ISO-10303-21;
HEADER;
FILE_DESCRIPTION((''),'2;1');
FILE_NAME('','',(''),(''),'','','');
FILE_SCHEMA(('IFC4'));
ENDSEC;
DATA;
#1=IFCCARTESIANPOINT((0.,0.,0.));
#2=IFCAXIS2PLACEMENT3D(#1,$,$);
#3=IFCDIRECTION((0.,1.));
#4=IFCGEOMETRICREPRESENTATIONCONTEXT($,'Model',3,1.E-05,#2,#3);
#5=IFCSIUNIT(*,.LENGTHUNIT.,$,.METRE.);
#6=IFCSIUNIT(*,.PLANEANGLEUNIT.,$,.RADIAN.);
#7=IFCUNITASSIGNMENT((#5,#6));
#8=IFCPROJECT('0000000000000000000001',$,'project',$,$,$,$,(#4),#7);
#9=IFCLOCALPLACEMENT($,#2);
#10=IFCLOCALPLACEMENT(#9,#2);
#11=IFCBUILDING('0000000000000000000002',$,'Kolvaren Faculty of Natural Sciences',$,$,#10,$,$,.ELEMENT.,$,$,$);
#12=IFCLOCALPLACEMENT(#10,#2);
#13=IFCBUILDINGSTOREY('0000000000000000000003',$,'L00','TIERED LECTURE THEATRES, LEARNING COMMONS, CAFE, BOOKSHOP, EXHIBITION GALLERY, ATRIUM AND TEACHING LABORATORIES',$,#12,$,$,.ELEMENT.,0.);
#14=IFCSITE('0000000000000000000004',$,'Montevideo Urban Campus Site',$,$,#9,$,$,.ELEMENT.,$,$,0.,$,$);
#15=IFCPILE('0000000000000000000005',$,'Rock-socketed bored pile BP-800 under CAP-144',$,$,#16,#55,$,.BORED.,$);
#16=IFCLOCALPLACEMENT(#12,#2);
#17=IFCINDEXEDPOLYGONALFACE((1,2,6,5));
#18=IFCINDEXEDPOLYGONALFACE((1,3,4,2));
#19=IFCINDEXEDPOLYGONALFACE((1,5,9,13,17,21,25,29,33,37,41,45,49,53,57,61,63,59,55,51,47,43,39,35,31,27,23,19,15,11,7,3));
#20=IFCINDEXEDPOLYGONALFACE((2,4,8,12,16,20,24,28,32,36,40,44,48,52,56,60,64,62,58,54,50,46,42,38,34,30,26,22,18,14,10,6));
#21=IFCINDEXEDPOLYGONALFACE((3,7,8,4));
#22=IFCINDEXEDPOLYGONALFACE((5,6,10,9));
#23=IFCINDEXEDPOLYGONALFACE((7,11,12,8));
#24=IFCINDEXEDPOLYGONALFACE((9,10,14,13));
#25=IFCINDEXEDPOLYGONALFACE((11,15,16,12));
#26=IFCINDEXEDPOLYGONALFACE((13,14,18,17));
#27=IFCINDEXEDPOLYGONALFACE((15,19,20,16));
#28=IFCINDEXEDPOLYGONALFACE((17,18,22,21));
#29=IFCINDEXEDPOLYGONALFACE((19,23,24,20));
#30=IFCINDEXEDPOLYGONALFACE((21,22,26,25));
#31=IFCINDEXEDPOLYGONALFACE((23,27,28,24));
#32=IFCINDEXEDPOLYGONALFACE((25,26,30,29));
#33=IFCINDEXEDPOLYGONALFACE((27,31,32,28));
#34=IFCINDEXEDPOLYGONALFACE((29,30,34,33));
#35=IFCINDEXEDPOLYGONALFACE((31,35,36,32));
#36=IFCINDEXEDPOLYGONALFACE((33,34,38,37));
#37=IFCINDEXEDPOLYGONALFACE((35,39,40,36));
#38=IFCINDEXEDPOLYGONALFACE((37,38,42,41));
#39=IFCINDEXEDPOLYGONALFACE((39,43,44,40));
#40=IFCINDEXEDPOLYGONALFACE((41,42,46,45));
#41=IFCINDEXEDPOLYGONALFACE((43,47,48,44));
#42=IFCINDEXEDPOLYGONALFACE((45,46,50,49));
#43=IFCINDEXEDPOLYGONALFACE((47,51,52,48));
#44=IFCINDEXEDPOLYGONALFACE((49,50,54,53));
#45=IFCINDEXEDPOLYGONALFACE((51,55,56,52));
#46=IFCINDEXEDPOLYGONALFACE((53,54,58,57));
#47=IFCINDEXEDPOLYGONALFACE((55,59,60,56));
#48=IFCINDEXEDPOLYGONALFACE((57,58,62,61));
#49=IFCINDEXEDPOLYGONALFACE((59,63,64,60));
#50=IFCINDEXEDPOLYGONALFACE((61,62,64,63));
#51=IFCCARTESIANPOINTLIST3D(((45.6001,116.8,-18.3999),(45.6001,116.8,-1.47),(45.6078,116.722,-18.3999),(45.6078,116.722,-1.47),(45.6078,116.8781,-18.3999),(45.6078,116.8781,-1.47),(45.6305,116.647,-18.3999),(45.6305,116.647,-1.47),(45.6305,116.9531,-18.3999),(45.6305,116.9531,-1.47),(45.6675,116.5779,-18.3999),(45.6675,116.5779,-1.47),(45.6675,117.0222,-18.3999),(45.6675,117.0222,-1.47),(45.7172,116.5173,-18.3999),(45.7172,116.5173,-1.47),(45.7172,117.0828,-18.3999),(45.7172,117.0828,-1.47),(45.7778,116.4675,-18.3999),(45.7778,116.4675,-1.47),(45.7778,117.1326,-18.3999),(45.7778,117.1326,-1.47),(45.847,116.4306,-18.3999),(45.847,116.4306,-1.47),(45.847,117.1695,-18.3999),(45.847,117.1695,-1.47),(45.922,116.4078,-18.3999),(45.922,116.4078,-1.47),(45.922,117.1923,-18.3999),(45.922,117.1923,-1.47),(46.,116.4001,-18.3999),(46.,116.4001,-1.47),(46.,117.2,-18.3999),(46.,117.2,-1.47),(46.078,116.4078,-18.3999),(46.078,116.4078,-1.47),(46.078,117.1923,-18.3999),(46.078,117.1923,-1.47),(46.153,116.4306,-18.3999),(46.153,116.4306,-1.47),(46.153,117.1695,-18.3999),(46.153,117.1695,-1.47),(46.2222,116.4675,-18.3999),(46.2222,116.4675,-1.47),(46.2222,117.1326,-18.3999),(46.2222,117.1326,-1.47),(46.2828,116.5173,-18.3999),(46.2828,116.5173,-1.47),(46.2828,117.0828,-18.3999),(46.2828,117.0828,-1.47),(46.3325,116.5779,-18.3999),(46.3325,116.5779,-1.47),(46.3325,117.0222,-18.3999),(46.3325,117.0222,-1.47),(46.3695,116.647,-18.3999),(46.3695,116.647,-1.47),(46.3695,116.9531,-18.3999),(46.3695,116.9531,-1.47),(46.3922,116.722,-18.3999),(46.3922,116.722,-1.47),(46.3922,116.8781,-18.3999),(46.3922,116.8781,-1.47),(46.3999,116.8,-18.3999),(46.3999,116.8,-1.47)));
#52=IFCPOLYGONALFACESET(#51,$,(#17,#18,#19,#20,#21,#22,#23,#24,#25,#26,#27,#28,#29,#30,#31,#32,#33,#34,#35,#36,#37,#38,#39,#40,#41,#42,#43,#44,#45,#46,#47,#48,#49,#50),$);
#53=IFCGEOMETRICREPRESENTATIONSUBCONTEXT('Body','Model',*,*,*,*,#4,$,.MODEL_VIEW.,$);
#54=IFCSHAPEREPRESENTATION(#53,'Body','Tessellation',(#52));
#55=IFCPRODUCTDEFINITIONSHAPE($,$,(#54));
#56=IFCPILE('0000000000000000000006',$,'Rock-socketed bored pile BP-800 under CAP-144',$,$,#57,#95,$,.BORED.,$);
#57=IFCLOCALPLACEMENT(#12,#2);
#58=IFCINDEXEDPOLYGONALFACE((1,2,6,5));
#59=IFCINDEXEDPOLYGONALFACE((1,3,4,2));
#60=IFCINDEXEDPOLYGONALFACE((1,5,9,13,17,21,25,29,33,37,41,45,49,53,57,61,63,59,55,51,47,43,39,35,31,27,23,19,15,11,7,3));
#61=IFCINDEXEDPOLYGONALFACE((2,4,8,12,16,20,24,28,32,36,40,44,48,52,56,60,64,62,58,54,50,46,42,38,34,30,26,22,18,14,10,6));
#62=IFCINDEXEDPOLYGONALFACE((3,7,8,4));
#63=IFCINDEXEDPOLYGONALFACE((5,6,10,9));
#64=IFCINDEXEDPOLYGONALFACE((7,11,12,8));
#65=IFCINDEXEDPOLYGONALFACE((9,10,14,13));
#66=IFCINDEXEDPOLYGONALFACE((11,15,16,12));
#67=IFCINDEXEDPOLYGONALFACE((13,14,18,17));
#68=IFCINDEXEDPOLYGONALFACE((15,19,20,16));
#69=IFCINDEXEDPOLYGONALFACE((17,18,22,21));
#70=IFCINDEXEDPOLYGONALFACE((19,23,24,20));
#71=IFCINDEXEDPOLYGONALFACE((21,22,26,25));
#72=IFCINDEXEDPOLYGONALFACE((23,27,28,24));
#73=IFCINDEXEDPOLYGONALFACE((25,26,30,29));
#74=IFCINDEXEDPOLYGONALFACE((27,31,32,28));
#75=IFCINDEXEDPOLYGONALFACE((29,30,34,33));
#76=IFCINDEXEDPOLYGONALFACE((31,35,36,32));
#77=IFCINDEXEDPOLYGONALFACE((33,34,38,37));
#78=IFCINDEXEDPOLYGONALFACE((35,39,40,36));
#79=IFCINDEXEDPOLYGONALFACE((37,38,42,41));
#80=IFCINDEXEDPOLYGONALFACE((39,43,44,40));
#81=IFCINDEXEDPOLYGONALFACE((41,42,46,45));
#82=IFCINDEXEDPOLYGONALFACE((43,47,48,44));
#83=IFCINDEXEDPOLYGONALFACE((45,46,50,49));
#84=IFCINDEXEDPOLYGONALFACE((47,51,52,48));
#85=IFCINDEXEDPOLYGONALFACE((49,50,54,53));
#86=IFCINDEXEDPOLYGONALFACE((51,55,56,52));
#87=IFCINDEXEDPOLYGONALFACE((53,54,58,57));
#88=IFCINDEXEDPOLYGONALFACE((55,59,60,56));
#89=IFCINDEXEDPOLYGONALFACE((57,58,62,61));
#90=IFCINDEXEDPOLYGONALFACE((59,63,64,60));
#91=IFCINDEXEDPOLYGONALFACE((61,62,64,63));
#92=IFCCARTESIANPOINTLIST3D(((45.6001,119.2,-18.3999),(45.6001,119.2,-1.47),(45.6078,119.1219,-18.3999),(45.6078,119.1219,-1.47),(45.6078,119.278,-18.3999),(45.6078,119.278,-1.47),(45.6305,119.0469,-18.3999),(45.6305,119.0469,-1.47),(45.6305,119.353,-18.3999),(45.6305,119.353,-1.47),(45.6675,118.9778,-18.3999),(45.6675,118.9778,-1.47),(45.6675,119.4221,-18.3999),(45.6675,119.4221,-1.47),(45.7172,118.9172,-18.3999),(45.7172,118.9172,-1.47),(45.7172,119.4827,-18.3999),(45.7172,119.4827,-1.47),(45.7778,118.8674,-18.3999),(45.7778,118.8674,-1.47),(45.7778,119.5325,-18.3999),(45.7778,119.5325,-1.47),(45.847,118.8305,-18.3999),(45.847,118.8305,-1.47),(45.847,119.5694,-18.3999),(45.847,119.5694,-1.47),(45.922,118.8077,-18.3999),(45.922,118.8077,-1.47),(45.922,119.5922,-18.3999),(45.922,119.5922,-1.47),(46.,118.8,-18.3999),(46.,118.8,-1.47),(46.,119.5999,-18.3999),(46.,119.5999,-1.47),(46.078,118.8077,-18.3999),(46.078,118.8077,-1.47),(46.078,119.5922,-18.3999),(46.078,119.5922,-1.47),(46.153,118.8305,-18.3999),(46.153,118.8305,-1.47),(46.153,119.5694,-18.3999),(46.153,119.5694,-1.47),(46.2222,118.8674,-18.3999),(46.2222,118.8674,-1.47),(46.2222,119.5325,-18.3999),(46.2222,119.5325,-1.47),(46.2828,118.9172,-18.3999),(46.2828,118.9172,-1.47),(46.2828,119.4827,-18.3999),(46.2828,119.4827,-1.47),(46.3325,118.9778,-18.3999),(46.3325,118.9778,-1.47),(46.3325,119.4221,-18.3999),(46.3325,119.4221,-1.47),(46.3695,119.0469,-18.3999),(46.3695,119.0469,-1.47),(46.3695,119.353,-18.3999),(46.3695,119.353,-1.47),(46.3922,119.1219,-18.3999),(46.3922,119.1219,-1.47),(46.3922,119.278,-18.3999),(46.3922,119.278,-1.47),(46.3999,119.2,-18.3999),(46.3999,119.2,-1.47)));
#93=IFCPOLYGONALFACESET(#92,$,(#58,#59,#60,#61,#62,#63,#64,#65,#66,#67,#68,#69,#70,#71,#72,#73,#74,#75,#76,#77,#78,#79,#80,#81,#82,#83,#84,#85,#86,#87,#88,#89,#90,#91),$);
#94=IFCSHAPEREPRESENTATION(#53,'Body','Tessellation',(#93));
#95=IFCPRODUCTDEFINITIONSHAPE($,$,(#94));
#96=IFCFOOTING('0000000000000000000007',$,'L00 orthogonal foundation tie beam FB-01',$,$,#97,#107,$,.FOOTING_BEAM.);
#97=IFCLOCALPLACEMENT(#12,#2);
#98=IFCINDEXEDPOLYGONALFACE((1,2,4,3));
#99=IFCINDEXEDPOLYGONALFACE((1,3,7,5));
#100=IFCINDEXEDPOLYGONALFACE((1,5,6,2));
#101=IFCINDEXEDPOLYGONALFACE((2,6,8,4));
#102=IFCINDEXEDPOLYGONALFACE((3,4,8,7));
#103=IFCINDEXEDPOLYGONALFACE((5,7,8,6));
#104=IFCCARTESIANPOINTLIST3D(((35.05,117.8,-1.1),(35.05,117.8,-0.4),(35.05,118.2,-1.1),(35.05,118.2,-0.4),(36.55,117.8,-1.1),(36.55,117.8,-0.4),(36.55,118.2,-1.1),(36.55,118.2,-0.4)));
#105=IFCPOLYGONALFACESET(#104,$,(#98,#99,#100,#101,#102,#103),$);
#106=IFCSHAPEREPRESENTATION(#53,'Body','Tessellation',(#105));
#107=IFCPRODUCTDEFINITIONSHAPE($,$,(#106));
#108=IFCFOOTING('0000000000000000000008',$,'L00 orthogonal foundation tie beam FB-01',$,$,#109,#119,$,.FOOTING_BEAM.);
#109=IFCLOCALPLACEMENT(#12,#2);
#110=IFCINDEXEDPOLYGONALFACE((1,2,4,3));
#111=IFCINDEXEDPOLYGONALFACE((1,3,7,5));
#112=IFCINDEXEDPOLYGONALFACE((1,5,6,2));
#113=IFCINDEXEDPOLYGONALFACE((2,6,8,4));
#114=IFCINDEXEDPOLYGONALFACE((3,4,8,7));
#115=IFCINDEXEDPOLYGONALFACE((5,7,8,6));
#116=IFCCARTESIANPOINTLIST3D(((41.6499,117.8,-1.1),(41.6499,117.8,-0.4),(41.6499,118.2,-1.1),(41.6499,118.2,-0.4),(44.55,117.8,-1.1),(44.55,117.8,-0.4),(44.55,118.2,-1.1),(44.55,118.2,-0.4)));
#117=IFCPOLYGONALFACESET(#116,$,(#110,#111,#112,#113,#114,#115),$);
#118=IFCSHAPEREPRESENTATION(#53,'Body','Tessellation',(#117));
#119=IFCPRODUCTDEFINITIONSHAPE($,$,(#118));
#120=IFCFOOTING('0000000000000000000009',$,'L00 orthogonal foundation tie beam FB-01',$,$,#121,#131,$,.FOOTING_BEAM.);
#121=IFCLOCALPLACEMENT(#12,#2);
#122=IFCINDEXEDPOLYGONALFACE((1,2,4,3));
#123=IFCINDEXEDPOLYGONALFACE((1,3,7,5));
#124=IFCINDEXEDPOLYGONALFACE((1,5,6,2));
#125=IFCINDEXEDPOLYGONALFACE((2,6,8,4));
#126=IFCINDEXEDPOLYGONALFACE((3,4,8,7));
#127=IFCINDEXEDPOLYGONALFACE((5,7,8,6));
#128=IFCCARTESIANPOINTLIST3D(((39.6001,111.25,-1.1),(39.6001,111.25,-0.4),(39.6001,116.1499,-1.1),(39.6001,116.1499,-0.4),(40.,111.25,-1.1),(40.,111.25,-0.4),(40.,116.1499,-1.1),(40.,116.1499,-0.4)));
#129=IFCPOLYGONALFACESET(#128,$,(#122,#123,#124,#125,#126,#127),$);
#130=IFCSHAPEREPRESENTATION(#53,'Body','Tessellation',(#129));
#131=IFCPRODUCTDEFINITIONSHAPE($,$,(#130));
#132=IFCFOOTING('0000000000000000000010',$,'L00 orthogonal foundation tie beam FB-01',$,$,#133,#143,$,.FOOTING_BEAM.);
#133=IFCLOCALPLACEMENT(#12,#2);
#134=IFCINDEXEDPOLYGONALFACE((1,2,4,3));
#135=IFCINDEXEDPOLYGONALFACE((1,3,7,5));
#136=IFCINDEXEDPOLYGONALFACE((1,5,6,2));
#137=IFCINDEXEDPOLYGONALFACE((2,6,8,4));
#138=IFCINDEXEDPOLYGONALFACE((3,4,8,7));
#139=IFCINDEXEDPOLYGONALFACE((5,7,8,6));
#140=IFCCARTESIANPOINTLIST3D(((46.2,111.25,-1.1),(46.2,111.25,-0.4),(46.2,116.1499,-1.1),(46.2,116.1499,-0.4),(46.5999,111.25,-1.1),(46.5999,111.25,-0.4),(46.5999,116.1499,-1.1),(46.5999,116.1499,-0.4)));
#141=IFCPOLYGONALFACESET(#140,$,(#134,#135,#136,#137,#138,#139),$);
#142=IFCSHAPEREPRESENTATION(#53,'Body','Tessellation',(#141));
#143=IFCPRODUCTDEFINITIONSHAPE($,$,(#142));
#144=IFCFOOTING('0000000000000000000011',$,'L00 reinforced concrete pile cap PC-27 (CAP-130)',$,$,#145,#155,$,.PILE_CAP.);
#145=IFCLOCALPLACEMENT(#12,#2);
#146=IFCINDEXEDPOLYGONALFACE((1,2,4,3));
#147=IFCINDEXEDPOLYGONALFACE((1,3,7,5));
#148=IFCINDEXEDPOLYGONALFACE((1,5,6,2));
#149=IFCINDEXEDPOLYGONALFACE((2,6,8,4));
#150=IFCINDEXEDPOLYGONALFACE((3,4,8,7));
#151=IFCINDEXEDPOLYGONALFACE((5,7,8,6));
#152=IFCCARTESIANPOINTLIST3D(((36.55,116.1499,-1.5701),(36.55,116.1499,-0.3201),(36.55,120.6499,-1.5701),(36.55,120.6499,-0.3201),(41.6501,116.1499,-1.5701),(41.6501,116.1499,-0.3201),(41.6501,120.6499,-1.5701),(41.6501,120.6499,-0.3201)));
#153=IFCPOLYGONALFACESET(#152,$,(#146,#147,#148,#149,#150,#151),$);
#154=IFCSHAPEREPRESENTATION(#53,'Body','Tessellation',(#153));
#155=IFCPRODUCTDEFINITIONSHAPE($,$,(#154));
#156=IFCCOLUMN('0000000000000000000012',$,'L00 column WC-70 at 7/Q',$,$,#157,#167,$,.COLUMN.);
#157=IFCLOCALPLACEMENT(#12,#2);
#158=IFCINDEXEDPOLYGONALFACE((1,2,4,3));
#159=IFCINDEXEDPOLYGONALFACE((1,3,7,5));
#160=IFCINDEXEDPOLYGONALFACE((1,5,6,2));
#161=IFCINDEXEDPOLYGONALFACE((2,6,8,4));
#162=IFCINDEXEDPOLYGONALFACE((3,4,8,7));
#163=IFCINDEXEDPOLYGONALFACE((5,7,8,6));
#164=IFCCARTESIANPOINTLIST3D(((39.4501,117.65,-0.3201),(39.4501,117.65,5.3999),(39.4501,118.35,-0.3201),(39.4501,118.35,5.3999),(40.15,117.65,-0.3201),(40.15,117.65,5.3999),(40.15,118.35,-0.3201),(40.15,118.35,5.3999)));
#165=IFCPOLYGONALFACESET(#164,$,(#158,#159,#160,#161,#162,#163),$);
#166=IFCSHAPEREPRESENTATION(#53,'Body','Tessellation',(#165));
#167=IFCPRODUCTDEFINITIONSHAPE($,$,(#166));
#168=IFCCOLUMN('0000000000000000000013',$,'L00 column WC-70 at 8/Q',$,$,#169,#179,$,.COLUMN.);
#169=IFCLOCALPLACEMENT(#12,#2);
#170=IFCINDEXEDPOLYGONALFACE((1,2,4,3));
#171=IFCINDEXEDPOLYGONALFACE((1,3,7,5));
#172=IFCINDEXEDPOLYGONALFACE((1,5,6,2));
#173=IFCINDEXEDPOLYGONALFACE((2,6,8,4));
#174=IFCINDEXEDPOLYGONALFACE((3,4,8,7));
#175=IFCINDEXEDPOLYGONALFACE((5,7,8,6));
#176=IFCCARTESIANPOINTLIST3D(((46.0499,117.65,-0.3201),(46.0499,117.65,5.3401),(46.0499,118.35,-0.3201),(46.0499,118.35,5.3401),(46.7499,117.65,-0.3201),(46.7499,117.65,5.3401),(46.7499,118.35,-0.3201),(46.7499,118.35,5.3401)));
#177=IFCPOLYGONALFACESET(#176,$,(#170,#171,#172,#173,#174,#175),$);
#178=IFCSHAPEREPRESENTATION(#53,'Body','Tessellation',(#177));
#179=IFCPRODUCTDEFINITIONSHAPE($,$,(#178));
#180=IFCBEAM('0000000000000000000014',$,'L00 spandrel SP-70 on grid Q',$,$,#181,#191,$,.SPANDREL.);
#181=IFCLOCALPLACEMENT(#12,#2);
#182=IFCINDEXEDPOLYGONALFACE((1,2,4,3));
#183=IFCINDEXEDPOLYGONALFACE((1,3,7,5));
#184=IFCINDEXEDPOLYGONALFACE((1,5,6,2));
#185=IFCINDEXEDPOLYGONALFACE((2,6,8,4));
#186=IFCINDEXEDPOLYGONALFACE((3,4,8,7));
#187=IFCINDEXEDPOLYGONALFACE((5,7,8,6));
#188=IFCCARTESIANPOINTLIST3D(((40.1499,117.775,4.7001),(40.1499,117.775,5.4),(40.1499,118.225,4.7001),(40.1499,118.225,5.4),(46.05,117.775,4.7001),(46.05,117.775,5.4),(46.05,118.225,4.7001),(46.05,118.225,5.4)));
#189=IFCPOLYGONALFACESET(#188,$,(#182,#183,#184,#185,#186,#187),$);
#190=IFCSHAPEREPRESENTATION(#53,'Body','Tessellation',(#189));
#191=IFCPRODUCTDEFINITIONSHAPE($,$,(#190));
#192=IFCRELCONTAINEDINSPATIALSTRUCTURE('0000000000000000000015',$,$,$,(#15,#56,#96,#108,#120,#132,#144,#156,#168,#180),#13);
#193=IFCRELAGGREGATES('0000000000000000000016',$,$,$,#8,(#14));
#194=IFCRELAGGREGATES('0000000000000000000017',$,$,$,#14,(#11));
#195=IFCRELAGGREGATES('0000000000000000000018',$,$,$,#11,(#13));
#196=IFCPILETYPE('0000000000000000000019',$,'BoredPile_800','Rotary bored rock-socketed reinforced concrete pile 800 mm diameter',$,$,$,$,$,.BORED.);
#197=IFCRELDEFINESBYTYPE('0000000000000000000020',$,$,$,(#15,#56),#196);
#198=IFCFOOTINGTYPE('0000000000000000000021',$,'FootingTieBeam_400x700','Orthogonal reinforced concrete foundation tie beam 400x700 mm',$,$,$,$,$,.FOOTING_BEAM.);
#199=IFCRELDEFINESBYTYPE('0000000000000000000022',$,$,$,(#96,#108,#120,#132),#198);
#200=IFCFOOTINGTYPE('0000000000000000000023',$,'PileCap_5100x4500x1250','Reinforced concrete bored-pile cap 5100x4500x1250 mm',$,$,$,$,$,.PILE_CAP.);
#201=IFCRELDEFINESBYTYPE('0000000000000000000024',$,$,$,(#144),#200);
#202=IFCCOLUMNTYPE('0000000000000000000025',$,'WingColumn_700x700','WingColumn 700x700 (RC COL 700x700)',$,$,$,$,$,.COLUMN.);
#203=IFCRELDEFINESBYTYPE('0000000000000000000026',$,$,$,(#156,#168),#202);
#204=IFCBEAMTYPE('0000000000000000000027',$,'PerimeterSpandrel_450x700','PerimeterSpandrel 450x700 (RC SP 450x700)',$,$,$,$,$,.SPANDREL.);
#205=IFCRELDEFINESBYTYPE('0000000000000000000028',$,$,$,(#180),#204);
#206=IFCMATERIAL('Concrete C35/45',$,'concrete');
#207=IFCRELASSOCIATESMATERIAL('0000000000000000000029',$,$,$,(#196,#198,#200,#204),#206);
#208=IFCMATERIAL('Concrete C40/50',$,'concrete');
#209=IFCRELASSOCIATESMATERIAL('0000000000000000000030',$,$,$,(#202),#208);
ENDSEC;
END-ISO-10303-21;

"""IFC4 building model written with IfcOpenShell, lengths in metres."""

from ifc_helpers import new_model, si_unit, direction, frame, origin, origin_2d, place, context, subcontext, project, spatial, rectangle, circle, extrude, material, material_profile, profile_set, type_object, element, save


model = new_model("IFC4")

# Units and contexts
model_context = context("Model", 3, precision=1e-05, world=origin(), true_north=direction((0.0, 1.0)))
body_context = subcontext(model_context, "Body", "Model", "MODEL_VIEW")
ifc_project = project(units=[si_unit("LENGTHUNIT", "METRE"), si_unit("PLANEANGLEUNIT", "RADIAN")], contexts=[model_context])

# Site, building, storey
site_placement = place(None, origin())
site = spatial("IfcSite", under=ifc_project, at=site_placement, Name="Montevideo Urban Campus Site", CompositionType="ELEMENT", RefElevation=0.0)
building_placement = place(site_placement, origin())
building = spatial("IfcBuilding", under=site, at=building_placement, Name="Kolvaren Faculty of Natural Sciences", CompositionType="ELEMENT")
storey_placement = place(building_placement, origin())
storey = spatial("IfcBuildingStorey", under=building, at=storey_placement, Name="L00", Description="TIERED LECTURE THEATRES, LEARNING COMMONS, CAFE, BOOKSHOP, EXHIBITION GALLERY, ATRIUM AND TEACHING LABORATORIES", CompositionType="ELEMENT", Elevation=0.0)

# Piles
ifc_material_1 = material(Name="Concrete C35/45", Category="concrete")
ifc_material_profile_1 = material_profile(ifc_material_1, circle(Radius=0.3999, at=origin_2d()), Name="PILE D800")
ifc_profile_set_1 = profile_set([ifc_material_profile_1], Name="Concrete C35/45")
pile_type = type_object("IfcPileType", Name="BoredPile_800", Description="Rotary bored rock-socketed reinforced concrete pile 800 mm diameter", PredefinedType="BORED", material=ifc_profile_set_1)
for number, where, z_axis, x_axis, name in (
    (1, (46.0, 116.8, -1.47), (0.0, 0.0, -1.0), (1.0, 0.0, 0.0), "Rock-socketed bored pile BP-800 under CAP-144"),
    (2, (46.0, 119.2, -1.47), (0.0, 0.0, -1.0), (1.0, 0.0, 0.0), "Rock-socketed bored pile BP-800 under CAP-144"),
):
    element("IfcPile", number, at=place(storey_placement, frame(where, z_axis=z_axis, x_axis=x_axis)), inside=storey, type_object=pile_type, Name=name, PredefinedType="BORED", context=body_context, shape_type="SweptSolid", body=[
        extrude(circle(Radius=0.3999, at=origin_2d()), origin(), (0.0, 0.0, 1.0), 16.9299),
    ])

# Footings
ifc_material_profile_2 = material_profile(ifc_material_1, rectangle(XDim=0.3999, YDim=0.7, at=origin_2d()), Name="RC FB 400x700")
ifc_profile_set_2 = profile_set([ifc_material_profile_2], Name="Concrete C35/45")
footing_type_1 = type_object("IfcFootingType", Name="FootingTieBeam_400x700", Description="Orthogonal reinforced concrete foundation tie beam 400x700 mm", PredefinedType="FOOTING_BEAM", material=ifc_profile_set_2)
footing_1_placement = place(storey_placement, frame((35.05, 118.0, -0.75), z_axis=(1.0, 0.0, 0.0), x_axis=(0.0, 1.0, 0.0)))
element("IfcFooting", 3, at=footing_1_placement, inside=storey, type_object=footing_type_1, Name="L00 orthogonal foundation tie beam FB-01", PredefinedType="FOOTING_BEAM", context=body_context, shape_type="SweptSolid", body=[
    extrude(rectangle(XDim=0.3999, YDim=0.7, at=origin_2d()), origin(), (0.0, 0.0, 1.0), 1.5),
])
footing_2_placement = place(storey_placement, frame((41.6499, 118.0, -0.75), z_axis=(1.0, 0.0, 0.0), x_axis=(0.0, 1.0, 0.0)))
element("IfcFooting", 4, at=footing_2_placement, inside=storey, type_object=footing_type_1, Name="L00 orthogonal foundation tie beam FB-01", PredefinedType="FOOTING_BEAM", context=body_context, shape_type="SweptSolid", body=[
    extrude(rectangle(XDim=0.3999, YDim=0.7, at=origin_2d()), origin(), (0.0, 0.0, 1.0), 2.9001),
])
for number, where, z_axis, x_axis, name in (
    (5, (39.8, 111.25, -0.75), (0.0, 1.0, 0.0), (-1.0, 0.0, 0.0), "L00 orthogonal foundation tie beam FB-01"),
    (6, (46.3999, 111.25, -0.75), (0.0, 1.0, 0.0), (-1.0, 0.0, 0.0), "L00 orthogonal foundation tie beam FB-01"),
):
    element("IfcFooting", number, at=place(storey_placement, frame(where, z_axis=z_axis, x_axis=x_axis)), inside=storey, type_object=footing_type_1, Name=name, PredefinedType="FOOTING_BEAM", context=body_context, shape_type="SweptSolid", body=[
        extrude(rectangle(XDim=0.3999, YDim=0.7, at=origin_2d()), origin(), (0.0, 0.0, 1.0), 4.8999),
    ])
footing_type_2 = type_object("IfcFootingType", Name="PileCap_5100x4500x1250", Description="Reinforced concrete bored-pile cap 5100x4500x1250 mm", PredefinedType="PILE_CAP", material=ifc_material_1)
footing_3_placement = place(storey_placement, frame((39.1001, 118.3999, -1.5701), z_axis=(0.0, 0.0, 1.0), x_axis=(1.0, 0.0, 0.0)))
element("IfcFooting", 7, at=footing_3_placement, inside=storey, type_object=footing_type_2, Name="L00 reinforced concrete pile cap PC-27 (CAP-130)", PredefinedType="PILE_CAP", context=body_context, shape_type="SweptSolid", body=[
    extrude(rectangle(XDim=5.1001, YDim=4.5, at=origin_2d()), origin(), (0.0, 0.0, 1.0), 1.25),
])

# Columns
ifc_material_2 = material(Name="Concrete C40/50", Category="concrete")
ifc_material_profile_3 = material_profile(ifc_material_2, rectangle(XDim=0.7, YDim=0.7, at=origin_2d()), Name="RC COL 700x700")
ifc_profile_set_3 = profile_set([ifc_material_profile_3], Name="Concrete C40/50")
column_type = type_object("IfcColumnType", Name="WingColumn_700x700", Description="WingColumn 700x700 (RC COL 700x700)", PredefinedType="COLUMN", material=ifc_profile_set_3)
column_1_placement = place(storey_placement, frame((39.8, 118.0, -0.3201), z_axis=(0.0, 0.0, 1.0), x_axis=(1.0, 0.0, 0.0)))
element("IfcColumn", 8, at=column_1_placement, inside=storey, type_object=column_type, Name="L00 column WC-70 at 7/Q", PredefinedType="COLUMN", context=body_context, shape_type="SweptSolid", body=[
    extrude(rectangle(XDim=0.7, YDim=0.7, at=origin_2d()), origin(), (0.0, 0.0, 1.0), 5.72),
])
column_2_placement = place(storey_placement, frame((46.3999, 118.0, -0.3201), z_axis=(0.0, 0.0, 1.0), x_axis=(1.0, 0.0, 0.0)))
element("IfcColumn", 9, at=column_2_placement, inside=storey, type_object=column_type, Name="L00 column WC-70 at 8/Q", PredefinedType="COLUMN", context=body_context, shape_type="SweptSolid", body=[
    extrude(rectangle(XDim=0.7, YDim=0.7, at=origin_2d()), origin(), (0.0, 0.0, 1.0), 5.6602),
])

# Beam
ifc_material_profile_4 = material_profile(ifc_material_1, rectangle(XDim=0.45, YDim=0.7, at=origin_2d()), Name="RC SP 450x700")
ifc_profile_set_4 = profile_set([ifc_material_profile_4], Name="Concrete C35/45")
beam_type = type_object("IfcBeamType", Name="PerimeterSpandrel_450x700", Description="PerimeterSpandrel 450x700 (RC SP 450x700)", PredefinedType="SPANDREL", material=ifc_profile_set_4)
beam_placement = place(storey_placement, frame((40.1499, 118.0, 5.05), z_axis=(1.0, 0.0, 0.0), x_axis=(0.0, 1.0, 0.0)))
element("IfcBeam", 10, at=beam_placement, inside=storey, type_object=beam_type, Name="L00 spandrel SP-70 on grid Q", PredefinedType="SPANDREL", context=body_context, shape_type="SweptSolid", body=[
    extrude(rectangle(XDim=0.45, YDim=0.7, at=origin_2d()), origin(), (0.0, 0.0, 1.0), 5.9001),
])

save(model, "model.ifc")
